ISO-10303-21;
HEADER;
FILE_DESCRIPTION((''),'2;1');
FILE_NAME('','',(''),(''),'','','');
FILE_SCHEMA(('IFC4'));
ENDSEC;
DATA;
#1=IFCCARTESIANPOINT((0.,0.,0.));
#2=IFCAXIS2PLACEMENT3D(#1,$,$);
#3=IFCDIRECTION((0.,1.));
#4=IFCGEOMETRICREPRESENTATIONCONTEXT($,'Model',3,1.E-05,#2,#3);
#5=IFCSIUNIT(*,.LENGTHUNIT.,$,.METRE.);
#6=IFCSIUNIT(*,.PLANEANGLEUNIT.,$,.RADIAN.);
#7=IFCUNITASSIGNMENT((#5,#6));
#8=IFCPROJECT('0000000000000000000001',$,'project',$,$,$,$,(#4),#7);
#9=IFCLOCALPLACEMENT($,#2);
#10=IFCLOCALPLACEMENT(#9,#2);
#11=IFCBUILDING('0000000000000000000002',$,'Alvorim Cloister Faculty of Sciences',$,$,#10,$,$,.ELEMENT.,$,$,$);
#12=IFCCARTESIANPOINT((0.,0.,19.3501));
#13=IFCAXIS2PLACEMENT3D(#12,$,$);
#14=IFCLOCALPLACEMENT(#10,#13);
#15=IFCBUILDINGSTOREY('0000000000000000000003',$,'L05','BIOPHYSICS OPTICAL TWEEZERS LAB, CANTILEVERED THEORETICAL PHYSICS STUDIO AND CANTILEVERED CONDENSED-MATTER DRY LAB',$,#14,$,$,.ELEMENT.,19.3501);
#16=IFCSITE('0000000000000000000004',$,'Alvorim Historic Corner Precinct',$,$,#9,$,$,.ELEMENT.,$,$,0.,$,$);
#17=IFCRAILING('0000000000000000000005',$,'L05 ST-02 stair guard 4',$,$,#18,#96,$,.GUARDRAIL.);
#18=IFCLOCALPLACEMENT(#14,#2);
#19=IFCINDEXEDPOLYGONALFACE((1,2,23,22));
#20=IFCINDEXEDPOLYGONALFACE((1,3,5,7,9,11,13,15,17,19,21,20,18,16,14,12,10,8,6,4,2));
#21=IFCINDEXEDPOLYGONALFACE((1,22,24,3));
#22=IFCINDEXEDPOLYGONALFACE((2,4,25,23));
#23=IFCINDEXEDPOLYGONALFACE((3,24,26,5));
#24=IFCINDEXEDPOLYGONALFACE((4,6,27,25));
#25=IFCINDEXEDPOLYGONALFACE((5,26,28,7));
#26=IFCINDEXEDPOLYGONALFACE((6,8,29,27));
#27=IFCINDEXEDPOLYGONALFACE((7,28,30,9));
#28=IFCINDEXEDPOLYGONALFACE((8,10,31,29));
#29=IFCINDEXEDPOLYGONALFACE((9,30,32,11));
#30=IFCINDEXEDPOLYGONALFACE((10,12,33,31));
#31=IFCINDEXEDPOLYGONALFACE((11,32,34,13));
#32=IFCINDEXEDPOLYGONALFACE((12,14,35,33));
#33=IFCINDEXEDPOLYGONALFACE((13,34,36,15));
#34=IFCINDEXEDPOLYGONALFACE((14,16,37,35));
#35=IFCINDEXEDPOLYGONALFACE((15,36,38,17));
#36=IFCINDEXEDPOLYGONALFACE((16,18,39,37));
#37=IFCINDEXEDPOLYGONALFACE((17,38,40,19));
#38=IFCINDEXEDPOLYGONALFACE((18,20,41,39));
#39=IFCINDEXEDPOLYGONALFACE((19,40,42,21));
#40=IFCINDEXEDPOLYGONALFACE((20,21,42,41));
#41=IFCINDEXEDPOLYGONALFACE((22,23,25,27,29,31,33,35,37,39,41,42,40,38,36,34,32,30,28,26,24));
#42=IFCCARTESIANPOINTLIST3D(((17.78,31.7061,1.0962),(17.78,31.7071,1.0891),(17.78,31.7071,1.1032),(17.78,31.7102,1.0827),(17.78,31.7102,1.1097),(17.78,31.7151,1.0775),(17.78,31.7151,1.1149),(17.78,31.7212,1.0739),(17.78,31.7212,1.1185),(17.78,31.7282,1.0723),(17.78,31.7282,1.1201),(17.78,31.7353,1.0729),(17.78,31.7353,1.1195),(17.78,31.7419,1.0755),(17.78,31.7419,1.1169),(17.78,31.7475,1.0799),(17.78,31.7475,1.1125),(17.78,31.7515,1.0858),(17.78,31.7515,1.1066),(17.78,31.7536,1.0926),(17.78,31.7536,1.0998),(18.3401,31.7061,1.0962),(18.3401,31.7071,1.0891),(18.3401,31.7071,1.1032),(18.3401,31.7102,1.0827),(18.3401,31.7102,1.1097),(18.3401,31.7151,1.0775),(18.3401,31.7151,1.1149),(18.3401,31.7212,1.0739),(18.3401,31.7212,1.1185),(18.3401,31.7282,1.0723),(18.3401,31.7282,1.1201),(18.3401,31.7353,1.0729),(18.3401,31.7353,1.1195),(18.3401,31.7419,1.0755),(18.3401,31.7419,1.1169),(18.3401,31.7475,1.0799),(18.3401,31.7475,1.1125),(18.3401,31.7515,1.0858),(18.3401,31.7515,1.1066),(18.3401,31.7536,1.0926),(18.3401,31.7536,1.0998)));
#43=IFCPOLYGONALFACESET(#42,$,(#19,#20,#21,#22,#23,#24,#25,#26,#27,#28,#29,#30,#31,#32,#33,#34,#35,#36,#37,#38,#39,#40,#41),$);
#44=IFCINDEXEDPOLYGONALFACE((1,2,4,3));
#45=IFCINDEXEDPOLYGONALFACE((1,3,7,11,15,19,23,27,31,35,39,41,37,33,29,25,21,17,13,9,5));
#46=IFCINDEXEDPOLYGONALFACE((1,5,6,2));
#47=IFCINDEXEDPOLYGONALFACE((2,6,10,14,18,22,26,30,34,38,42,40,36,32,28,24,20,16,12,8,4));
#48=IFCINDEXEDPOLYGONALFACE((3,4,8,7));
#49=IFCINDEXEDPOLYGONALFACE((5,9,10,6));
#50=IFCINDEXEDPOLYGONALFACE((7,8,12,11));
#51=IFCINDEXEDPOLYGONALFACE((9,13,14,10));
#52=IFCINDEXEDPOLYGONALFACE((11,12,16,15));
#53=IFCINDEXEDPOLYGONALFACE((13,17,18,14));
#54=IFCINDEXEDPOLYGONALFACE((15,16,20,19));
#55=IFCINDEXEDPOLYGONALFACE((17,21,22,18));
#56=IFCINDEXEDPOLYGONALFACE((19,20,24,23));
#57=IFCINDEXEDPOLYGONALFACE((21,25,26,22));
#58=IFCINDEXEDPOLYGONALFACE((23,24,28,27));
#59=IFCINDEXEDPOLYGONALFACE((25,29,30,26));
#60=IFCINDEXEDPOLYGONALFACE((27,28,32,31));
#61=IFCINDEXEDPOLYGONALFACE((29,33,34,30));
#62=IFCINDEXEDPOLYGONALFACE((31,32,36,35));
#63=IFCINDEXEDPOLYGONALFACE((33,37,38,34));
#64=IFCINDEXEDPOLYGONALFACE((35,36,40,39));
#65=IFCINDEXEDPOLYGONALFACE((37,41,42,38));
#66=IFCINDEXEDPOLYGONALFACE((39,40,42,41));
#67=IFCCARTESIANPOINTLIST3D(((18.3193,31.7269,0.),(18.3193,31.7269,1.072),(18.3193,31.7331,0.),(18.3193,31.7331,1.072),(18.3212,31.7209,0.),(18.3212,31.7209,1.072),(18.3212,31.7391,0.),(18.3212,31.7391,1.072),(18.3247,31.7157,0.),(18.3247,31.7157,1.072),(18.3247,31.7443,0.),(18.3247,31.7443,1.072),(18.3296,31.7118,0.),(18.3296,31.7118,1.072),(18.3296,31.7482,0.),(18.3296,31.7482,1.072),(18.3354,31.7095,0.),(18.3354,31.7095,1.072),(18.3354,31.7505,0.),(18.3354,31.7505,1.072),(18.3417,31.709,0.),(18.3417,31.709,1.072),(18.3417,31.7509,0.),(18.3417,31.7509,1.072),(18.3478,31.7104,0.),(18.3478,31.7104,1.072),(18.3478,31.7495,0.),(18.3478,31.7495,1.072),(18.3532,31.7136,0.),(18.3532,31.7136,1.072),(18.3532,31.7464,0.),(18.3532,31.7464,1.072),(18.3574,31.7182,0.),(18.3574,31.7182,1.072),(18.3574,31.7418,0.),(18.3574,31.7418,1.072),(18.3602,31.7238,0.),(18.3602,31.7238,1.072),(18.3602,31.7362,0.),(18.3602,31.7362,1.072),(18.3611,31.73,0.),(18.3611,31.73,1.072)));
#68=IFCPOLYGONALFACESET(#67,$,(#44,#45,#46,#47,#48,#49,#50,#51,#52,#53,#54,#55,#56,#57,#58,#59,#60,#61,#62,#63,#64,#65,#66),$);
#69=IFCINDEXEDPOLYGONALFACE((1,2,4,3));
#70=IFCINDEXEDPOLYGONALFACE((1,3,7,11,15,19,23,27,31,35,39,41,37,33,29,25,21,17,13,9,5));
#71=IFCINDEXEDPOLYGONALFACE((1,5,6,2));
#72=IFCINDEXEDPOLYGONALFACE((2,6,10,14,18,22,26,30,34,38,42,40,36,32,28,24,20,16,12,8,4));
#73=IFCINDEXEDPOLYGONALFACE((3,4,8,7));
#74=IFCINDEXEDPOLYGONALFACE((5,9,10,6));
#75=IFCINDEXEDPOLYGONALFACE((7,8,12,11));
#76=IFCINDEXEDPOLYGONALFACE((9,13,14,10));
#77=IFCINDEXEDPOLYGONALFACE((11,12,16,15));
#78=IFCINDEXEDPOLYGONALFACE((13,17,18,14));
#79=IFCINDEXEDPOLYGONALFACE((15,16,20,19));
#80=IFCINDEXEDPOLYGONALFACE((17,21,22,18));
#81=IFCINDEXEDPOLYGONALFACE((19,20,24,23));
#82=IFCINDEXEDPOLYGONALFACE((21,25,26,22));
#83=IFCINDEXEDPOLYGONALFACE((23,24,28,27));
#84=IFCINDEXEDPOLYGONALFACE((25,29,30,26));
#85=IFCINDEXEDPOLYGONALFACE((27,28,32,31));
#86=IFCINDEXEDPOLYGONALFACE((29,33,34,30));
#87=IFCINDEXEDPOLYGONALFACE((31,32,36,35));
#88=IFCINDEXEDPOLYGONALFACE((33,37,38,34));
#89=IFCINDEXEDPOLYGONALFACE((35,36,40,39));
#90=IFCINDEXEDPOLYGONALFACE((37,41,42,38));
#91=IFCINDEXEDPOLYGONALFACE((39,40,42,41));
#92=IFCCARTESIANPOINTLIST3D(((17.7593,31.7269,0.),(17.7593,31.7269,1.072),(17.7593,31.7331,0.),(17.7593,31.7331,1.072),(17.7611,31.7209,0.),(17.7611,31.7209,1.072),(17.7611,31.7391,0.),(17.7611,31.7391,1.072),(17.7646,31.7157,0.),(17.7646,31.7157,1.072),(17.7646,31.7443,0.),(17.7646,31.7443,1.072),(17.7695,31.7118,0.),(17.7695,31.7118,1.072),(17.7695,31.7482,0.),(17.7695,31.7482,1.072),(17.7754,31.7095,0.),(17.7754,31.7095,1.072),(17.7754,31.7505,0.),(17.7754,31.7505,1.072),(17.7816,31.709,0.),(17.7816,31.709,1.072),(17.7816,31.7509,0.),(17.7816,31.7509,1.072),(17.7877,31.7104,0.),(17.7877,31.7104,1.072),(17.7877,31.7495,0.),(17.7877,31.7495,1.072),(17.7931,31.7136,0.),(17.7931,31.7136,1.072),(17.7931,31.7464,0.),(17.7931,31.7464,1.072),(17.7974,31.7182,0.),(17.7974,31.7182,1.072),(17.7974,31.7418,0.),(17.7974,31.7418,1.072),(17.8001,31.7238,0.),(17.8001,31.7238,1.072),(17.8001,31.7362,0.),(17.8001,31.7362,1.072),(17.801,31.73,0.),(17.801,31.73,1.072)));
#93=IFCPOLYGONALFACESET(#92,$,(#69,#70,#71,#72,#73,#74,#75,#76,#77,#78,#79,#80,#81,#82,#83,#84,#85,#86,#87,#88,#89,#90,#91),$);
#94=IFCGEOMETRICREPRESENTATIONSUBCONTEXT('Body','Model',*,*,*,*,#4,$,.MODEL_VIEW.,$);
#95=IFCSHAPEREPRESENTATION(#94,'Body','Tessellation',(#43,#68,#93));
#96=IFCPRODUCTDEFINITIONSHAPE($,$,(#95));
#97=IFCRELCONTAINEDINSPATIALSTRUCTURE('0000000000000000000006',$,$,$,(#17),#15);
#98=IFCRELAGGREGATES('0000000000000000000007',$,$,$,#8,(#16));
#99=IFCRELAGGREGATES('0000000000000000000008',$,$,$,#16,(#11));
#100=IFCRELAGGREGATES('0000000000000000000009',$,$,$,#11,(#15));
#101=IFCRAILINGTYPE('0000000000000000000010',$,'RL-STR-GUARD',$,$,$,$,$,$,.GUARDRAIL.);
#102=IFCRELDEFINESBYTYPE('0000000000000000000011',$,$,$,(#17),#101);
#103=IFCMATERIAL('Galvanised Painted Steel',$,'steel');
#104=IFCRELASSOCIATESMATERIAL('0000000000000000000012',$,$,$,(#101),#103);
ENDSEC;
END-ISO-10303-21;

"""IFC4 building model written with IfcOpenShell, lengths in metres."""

from ifc_helpers import new_model, si_unit, direction, frame, origin, origin_2d, place, context, subcontext, project, spatial, circle, extrude, material, type_object, element, save


model = new_model("IFC4")

# Units and contexts
model_context = context("Model", 3, precision=1e-05, world=origin(), true_north=direction((0.0, 1.0)))
body_context = subcontext(model_context, "Body", "Model", "MODEL_VIEW")
ifc_project = project(units=[si_unit("LENGTHUNIT", "METRE"), si_unit("PLANEANGLEUNIT", "RADIAN")], contexts=[model_context])

# Site, building, storey
site_placement = place(None, origin())
site = spatial("IfcSite", under=ifc_project, at=site_placement, Name="Alvorim Historic Corner Precinct", CompositionType="ELEMENT", RefElevation=0.0)
building_placement = place(site_placement, origin())
building = spatial("IfcBuilding", under=site, at=building_placement, Name="Alvorim Cloister Faculty of Sciences", CompositionType="ELEMENT")
storey_placement = place(building_placement, frame((0.0, 0.0, 19.3501)))
storey = spatial("IfcBuildingStorey", under=building, at=storey_placement, Name="L05", Description="BIOPHYSICS OPTICAL TWEEZERS LAB, CANTILEVERED THEORETICAL PHYSICS STUDIO AND CANTILEVERED CONDENSED-MATTER DRY LAB", CompositionType="ELEMENT", Elevation=19.3501)

# Railing
ifc_material_1 = material(Name="Galvanised Painted Steel", Category="steel")
railing_type_1 = type_object("IfcRailingType", Name="RL-STR-GUARD", PredefinedType="GUARDRAIL", material=ifc_material_1)
railing_1_placement = place(storey_placement, frame((18.3401, 31.73, 0.0)))
element("IfcRailing", 1, at=railing_1_placement, inside=storey, type_object=railing_type_1, Name="L05 ST-02 stair guard 4", PredefinedType="GUARDRAIL", context=body_context, shape_type="SweptSolid", body=[
    extrude(circle(Radius=0.0239, at=origin_2d()), frame((0.0, 0.0, 1.0962), z_axis=(-1.0, 0.0, 0.0), x_axis=(0.0, -1.0, 0.0)), (0.0, 0.0, 1.0), 0.5601),
    extrude(circle(Radius=0.021, at=origin_2d()), origin(), (0.0, 0.0, 1.0), 1.072),
    extrude(circle(Radius=0.021, at=origin_2d()), frame((-0.5601, 0.0, 0.0)), (0.0, 0.0, 1.0), 1.072),
])

save(model, "model.ifc")
